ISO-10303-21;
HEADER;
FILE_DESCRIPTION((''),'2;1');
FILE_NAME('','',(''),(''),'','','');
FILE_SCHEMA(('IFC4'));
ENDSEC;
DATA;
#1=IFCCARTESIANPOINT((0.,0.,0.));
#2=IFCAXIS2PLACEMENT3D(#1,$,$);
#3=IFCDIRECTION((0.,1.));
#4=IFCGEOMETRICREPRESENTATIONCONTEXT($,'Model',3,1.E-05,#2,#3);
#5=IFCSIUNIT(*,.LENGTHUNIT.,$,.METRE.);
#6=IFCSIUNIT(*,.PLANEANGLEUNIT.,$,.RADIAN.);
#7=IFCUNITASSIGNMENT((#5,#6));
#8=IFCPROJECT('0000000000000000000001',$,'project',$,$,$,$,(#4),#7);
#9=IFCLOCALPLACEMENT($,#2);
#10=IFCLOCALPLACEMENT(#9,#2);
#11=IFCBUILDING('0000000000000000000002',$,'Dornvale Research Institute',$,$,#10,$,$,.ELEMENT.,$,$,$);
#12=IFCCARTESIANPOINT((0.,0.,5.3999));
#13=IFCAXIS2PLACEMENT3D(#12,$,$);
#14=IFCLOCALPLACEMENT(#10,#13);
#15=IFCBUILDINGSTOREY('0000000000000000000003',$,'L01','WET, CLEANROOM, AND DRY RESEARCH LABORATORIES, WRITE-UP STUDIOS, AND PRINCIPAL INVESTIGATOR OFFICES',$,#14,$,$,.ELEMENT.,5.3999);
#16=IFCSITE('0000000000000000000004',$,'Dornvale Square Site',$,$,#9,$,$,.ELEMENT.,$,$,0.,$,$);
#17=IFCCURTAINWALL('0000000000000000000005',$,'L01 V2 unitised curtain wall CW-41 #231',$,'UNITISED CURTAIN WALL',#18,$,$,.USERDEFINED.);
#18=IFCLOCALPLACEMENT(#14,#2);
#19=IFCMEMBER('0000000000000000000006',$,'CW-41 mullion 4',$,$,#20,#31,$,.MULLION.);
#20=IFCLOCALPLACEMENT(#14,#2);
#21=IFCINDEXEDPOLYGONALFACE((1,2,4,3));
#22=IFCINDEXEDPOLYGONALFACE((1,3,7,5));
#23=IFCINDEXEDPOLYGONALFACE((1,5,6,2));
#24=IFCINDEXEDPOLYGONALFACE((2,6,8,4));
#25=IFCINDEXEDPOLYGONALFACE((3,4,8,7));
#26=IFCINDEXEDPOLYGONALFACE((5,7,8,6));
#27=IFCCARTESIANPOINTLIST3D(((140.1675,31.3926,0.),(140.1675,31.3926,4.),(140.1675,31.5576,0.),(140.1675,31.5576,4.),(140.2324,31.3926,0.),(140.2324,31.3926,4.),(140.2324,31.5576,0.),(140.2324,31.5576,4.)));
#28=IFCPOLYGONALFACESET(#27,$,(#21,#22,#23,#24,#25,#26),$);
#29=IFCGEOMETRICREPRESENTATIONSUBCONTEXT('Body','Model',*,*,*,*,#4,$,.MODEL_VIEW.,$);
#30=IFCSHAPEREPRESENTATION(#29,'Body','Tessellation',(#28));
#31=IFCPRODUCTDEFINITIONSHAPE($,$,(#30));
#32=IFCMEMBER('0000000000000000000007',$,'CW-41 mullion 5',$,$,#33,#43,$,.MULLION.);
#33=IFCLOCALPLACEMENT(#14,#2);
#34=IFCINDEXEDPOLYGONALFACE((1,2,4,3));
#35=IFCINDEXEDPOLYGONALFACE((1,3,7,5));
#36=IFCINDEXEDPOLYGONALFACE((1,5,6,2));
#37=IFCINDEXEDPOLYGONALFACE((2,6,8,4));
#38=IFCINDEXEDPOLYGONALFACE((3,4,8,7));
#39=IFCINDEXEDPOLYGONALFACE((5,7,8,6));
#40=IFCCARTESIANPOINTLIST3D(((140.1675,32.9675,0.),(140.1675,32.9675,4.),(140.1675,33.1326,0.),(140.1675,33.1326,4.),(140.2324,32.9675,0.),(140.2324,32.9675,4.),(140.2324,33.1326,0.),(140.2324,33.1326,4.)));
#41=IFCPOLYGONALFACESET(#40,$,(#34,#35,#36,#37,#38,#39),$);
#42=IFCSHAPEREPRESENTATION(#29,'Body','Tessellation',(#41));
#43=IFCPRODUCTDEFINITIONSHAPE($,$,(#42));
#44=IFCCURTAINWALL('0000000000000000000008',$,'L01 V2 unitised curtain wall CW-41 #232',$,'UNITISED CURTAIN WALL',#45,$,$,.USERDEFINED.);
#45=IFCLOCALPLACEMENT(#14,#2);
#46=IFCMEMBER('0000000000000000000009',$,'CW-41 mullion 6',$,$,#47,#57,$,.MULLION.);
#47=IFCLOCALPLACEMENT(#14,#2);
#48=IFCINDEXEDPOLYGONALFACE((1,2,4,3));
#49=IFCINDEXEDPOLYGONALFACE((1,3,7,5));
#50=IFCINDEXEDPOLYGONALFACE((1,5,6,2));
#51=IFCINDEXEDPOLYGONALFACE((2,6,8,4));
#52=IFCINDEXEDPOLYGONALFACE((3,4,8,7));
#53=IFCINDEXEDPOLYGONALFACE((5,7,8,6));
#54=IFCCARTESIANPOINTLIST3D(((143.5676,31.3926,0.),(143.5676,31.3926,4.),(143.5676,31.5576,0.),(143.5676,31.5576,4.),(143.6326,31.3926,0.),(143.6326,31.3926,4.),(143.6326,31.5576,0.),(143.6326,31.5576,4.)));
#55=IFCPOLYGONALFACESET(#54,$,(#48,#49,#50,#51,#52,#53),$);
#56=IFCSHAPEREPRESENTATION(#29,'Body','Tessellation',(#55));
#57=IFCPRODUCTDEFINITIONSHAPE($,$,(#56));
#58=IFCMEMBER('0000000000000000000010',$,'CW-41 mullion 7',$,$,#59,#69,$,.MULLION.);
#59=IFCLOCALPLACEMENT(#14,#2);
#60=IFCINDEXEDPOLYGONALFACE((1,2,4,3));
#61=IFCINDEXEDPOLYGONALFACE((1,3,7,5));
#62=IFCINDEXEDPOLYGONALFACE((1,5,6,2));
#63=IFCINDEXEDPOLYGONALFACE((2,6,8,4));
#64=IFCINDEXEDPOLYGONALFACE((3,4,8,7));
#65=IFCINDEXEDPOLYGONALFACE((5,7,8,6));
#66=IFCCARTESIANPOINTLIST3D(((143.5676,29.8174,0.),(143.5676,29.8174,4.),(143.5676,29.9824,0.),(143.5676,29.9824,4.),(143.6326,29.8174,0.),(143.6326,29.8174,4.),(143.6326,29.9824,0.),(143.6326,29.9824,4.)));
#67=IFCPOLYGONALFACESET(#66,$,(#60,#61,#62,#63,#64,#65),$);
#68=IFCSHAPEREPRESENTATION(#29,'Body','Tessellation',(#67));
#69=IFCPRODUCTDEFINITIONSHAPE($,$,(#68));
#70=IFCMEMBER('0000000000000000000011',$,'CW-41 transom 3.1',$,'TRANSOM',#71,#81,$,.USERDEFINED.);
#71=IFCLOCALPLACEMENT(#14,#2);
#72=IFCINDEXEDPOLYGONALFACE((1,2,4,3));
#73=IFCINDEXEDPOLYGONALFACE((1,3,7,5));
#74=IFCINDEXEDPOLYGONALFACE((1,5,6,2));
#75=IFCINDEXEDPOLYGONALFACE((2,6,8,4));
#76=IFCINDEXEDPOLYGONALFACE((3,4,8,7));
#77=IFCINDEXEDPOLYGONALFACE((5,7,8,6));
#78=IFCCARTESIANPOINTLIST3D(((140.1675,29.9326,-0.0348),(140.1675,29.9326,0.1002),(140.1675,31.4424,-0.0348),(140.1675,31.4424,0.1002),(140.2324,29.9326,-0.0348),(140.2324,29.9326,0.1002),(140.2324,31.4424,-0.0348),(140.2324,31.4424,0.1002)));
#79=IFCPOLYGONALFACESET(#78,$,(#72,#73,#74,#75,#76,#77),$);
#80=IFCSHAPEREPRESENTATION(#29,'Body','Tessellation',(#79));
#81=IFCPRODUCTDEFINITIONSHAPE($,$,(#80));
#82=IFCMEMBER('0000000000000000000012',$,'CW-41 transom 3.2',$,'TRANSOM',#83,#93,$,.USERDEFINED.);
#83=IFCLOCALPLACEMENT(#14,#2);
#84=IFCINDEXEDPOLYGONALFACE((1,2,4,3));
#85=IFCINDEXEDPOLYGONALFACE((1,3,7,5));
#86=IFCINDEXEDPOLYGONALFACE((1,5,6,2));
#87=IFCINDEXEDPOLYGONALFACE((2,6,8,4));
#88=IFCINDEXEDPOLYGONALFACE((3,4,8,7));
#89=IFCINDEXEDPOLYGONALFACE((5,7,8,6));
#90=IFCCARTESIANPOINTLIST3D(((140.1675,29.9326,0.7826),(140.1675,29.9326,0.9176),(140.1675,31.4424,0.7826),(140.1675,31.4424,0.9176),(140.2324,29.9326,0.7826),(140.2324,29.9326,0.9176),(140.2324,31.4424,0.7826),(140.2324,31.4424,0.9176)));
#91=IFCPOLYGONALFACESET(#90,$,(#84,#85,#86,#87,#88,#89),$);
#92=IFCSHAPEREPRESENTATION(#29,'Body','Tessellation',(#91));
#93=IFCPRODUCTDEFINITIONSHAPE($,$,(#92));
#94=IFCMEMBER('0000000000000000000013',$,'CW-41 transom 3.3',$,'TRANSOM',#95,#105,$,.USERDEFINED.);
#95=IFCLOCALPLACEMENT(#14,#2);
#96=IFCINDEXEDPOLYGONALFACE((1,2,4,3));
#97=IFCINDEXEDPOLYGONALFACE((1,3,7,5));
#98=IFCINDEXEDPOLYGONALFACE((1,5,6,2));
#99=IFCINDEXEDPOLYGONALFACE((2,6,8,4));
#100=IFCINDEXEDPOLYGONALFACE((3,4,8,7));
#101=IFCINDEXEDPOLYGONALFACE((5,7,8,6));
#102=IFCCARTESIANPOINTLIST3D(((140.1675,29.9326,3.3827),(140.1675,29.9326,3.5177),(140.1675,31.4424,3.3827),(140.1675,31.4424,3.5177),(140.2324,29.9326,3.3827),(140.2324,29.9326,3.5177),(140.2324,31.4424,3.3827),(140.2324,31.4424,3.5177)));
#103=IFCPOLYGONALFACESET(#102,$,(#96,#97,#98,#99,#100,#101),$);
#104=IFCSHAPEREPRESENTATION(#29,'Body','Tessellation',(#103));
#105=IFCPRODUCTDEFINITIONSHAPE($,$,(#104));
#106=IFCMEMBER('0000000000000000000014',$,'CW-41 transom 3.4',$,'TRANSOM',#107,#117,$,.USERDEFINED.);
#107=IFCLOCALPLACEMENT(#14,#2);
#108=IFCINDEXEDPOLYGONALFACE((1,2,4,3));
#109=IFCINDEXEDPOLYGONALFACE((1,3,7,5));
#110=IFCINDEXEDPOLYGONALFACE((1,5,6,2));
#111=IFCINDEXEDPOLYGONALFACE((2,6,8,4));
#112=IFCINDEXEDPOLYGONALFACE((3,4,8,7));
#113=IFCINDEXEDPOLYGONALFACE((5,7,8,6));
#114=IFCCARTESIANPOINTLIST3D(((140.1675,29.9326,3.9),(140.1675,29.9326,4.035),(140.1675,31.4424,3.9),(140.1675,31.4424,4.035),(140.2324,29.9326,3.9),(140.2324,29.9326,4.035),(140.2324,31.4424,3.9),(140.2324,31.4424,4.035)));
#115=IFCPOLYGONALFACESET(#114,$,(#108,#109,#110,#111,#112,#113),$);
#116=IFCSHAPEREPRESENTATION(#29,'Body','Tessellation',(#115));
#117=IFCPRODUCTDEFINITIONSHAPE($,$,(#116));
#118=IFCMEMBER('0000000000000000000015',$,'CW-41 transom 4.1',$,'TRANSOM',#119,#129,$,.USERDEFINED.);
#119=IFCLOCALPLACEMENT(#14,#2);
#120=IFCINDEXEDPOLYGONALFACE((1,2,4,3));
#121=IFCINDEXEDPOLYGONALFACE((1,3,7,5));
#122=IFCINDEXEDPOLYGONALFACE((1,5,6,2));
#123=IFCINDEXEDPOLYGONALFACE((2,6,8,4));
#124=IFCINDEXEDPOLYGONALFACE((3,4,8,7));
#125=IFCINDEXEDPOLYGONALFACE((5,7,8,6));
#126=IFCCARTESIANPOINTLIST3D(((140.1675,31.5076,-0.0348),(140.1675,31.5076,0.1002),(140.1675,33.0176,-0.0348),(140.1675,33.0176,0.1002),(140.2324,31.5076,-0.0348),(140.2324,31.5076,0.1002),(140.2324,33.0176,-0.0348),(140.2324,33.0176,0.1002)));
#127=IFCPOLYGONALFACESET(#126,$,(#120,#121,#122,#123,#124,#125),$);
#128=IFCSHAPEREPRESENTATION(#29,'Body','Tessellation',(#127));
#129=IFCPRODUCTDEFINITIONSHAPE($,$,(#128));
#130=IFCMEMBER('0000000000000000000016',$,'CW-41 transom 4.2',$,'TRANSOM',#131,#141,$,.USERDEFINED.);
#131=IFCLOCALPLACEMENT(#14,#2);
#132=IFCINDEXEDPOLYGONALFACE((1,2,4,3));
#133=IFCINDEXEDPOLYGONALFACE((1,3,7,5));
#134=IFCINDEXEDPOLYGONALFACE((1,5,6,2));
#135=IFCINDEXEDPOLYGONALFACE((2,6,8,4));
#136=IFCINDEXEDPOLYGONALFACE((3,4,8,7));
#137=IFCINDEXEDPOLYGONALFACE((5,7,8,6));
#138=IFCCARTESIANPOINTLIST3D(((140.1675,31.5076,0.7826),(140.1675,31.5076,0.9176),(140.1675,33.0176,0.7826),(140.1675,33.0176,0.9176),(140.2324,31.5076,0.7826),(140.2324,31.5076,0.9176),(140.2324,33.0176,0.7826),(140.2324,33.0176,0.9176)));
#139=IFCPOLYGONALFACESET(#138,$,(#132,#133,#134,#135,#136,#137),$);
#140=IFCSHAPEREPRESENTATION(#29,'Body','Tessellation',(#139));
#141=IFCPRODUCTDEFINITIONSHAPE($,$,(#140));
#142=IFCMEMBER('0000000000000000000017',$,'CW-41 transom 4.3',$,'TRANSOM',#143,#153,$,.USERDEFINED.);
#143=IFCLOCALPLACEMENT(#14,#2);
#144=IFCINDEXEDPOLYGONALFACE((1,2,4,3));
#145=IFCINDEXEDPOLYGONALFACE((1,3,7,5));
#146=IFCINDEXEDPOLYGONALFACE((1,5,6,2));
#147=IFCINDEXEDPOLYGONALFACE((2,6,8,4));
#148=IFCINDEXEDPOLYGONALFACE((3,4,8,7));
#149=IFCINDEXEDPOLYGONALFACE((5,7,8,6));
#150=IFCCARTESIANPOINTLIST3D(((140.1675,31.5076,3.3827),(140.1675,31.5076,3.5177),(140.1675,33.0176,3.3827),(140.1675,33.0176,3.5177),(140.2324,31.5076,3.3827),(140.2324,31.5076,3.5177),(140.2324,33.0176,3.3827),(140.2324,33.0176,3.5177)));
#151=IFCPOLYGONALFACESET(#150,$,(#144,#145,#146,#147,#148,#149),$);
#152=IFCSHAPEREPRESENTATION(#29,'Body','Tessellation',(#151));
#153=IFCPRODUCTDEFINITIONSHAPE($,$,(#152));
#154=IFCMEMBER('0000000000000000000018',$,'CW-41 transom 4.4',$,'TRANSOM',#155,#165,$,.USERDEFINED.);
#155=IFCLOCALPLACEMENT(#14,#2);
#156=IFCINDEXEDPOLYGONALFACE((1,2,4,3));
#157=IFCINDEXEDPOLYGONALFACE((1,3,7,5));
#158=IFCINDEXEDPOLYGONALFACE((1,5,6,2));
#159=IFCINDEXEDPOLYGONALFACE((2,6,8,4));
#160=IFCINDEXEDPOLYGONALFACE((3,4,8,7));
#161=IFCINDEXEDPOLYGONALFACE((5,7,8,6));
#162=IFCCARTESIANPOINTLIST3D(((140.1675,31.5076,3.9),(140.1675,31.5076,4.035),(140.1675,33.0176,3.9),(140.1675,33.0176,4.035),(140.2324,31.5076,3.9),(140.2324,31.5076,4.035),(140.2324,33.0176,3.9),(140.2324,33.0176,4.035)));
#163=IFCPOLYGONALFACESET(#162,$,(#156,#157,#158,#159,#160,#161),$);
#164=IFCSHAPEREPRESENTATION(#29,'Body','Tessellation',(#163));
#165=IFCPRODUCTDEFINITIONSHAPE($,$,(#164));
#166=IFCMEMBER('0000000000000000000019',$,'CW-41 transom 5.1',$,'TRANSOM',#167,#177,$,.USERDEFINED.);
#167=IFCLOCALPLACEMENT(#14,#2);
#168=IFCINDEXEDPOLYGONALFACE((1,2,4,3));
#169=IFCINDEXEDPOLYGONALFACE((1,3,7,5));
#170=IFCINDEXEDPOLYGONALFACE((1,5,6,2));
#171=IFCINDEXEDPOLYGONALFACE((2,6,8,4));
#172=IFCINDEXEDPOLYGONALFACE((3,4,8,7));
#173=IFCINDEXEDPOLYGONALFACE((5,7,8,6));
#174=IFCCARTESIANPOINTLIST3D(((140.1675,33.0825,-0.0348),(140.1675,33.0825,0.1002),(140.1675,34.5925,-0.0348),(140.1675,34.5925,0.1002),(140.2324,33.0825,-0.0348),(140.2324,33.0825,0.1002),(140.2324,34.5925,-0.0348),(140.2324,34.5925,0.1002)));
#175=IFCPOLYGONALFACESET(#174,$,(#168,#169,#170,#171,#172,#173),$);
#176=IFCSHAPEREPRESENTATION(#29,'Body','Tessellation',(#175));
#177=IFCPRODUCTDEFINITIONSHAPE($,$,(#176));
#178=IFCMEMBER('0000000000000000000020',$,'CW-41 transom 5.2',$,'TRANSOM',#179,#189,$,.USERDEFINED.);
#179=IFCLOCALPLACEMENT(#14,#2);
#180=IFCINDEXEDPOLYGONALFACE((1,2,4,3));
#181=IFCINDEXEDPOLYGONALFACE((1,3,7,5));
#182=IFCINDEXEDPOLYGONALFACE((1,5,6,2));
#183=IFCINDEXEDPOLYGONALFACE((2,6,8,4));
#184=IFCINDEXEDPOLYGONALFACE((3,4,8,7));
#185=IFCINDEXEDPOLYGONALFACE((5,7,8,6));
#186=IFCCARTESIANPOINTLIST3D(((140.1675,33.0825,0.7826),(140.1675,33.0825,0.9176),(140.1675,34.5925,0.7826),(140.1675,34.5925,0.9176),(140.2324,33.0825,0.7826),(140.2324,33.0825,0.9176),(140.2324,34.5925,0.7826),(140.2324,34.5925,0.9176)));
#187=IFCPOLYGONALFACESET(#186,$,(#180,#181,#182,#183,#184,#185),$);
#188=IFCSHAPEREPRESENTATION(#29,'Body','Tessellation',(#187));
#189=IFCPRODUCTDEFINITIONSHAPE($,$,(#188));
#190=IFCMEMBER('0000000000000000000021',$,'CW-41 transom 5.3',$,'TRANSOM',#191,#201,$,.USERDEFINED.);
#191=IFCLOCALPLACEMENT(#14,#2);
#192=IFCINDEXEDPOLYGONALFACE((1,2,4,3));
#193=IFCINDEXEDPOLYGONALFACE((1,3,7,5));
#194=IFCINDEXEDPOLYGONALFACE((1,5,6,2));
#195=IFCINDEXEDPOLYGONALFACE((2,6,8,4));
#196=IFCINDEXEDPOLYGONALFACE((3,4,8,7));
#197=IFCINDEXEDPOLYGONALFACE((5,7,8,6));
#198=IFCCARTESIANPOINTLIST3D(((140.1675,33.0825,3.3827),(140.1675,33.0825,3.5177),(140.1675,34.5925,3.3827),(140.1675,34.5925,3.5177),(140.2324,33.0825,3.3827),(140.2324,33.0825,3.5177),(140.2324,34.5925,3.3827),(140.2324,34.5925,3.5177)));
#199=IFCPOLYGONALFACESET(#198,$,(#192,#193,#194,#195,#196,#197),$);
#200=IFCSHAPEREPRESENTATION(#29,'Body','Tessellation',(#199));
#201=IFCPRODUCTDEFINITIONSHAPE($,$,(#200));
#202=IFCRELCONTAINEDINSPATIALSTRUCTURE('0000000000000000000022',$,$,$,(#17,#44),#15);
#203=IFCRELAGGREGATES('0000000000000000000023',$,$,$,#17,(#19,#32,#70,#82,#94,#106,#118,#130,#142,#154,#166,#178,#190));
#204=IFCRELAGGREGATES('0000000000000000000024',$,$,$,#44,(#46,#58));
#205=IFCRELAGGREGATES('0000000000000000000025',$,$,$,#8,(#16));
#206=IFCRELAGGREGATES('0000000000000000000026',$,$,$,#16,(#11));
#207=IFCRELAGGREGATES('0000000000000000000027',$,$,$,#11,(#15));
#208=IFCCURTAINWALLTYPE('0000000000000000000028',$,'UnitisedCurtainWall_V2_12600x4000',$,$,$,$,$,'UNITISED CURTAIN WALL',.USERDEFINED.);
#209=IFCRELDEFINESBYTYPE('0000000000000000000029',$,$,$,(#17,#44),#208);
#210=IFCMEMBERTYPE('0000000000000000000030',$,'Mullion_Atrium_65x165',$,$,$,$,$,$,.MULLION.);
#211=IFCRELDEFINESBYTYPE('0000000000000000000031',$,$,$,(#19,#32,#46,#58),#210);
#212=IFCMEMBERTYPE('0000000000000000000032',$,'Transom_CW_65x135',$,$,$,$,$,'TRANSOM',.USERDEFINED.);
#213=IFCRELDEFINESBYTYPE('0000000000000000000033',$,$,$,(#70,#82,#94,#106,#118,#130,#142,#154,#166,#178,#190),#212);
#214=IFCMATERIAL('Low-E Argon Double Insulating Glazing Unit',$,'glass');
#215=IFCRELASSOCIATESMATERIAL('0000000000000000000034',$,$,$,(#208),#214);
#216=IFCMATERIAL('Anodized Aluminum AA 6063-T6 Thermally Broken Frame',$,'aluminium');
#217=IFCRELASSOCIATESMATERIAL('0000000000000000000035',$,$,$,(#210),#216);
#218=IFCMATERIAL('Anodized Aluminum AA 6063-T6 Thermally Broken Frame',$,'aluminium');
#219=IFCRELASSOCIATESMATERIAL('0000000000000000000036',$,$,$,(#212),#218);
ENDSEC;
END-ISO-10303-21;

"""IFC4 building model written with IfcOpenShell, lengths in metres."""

from ifc_helpers import new_model, si_unit, direction, frame, origin, origin_2d, place, context, subcontext, project, spatial, rectangle, extrude, material, material_profile, profile_set, type_object, element, aggregate, save


model = new_model("IFC4")

# Units and contexts
model_context = context("Model", 3, precision=1e-05, world=origin(), true_north=direction((0.0, 1.0)))
body_context = subcontext(model_context, "Body", "Model", "MODEL_VIEW")
ifc_project = project(units=[si_unit("LENGTHUNIT", "METRE"), si_unit("PLANEANGLEUNIT", "RADIAN")], contexts=[model_context])

# Site, building, storey
site_placement = place(None, origin())
site = spatial("IfcSite", under=ifc_project, at=site_placement, Name="Dornvale Square Site", CompositionType="ELEMENT", RefElevation=0.0)
building_placement = place(site_placement, origin())
building = spatial("IfcBuilding", under=site, at=building_placement, Name="Dornvale Research Institute", CompositionType="ELEMENT")
storey_placement = place(building_placement, frame((0.0, 0.0, 5.3999)))
storey = spatial("IfcBuildingStorey", under=building, at=storey_placement, Name="L01", Description="WET, CLEANROOM, AND DRY RESEARCH LABORATORIES, WRITE-UP STUDIOS, AND PRINCIPAL INVESTIGATOR OFFICES", CompositionType="ELEMENT", Elevation=5.3999)

# Curtain walls, members
ifc_material_1 = material(Name="Low-E Argon Double Insulating Glazing Unit", Category="glass")
curtain_wall_type = type_object("IfcCurtainWallType", Name="UnitisedCurtainWall_V2_12600x4000", ElementType="UNITISED CURTAIN WALL", PredefinedType="USERDEFINED", material=ifc_material_1)
curtain_wall_1_placement = place(storey_placement, origin())
curtain_wall_1 = element("IfcCurtainWall", 1, at=curtain_wall_1_placement, inside=storey, type_object=curtain_wall_type, Name="L01 V2 unitised curtain wall CW-41 #231", ObjectType="UNITISED CURTAIN WALL", PredefinedType="USERDEFINED")
ifc_material_2 = material(Name="Anodized Aluminum AA 6063-T6 Thermally Broken Frame", Category="aluminium")
ifc_material_profile_1 = material_profile(ifc_material_2, rectangle(XDim=0.0649, YDim=0.165, at=origin_2d()), Name="ALU MULLION 65x165")
ifc_profile_set_1 = profile_set([ifc_material_profile_1], Name="Anodized Aluminum AA 6063-T6 Thermally Broken Frame")
member_type_1 = type_object("IfcMemberType", Name="Mullion_Atrium_65x165", PredefinedType="MULLION", material=ifc_profile_set_1)
member_1_placement = place(storey_placement, frame((140.2, 31.4751, 0.0), z_axis=(0.0, 0.0, 1.0), x_axis=(-1.0, 0.0, 0.0)))
member_1 = element("IfcMember", 2, at=member_1_placement, type_object=member_type_1, Name="CW-41 mullion 4", PredefinedType="MULLION", context=body_context, shape_type="SweptSolid", body=[
    extrude(rectangle(XDim=0.0649, YDim=0.165, at=origin_2d()), origin(), (0.0, 0.0, 1.0), 4.0),
])
member_2_placement = place(storey_placement, frame((140.2, 33.05, 0.0), z_axis=(0.0, 0.0, 1.0), x_axis=(-1.0, 0.0, 0.0)))
member_2 = element("IfcMember", 3, at=member_2_placement, type_object=member_type_1, Name="CW-41 mullion 5", PredefinedType="MULLION", context=body_context, shape_type="SweptSolid", body=[
    extrude(rectangle(XDim=0.0649, YDim=0.165, at=origin_2d()), origin(), (0.0, 0.0, 1.0), 4.0),
])
curtain_wall_2_placement = place(storey_placement, origin())
curtain_wall_2 = element("IfcCurtainWall", 4, at=curtain_wall_2_placement, inside=storey, type_object=curtain_wall_type, Name="L01 V2 unitised curtain wall CW-41 #232", ObjectType="UNITISED CURTAIN WALL", PredefinedType="USERDEFINED")
member_3_placement = place(storey_placement, frame((143.6001, 31.4751, 0.0), z_axis=(0.0, 0.0, 1.0), x_axis=(1.0, 0.0, 0.0)))
member_3 = element("IfcMember", 5, at=member_3_placement, type_object=member_type_1, Name="CW-41 mullion 6", PredefinedType="MULLION", context=body_context, shape_type="SweptSolid", body=[
    extrude(rectangle(XDim=0.0649, YDim=0.165, at=origin_2d()), origin(), (0.0, 0.0, 1.0), 4.0),
])
member_4_placement = place(storey_placement, frame((143.6001, 29.8999, 0.0), z_axis=(0.0, 0.0, 1.0), x_axis=(1.0, 0.0, 0.0)))
member_4 = element("IfcMember", 6, at=member_4_placement, type_object=member_type_1, Name="CW-41 mullion 7", PredefinedType="MULLION", context=body_context, shape_type="SweptSolid", body=[
    extrude(rectangle(XDim=0.0649, YDim=0.165, at=origin_2d()), origin(), (0.0, 0.0, 1.0), 4.0),
])

# Members
ifc_material_3 = material(Name="Anodized Aluminum AA 6063-T6 Thermally Broken Frame", Category="aluminium")
ifc_material_profile_2 = material_profile(ifc_material_3, rectangle(XDim=0.0649, YDim=0.135, at=origin_2d()), Name="ALU TRANSOM 65x135")
ifc_profile_set_2 = profile_set([ifc_material_profile_2], Name="Anodized Aluminum AA 6063-T6 Thermally Broken Frame")
member_type_2 = type_object("IfcMemberType", Name="Transom_CW_65x135", ElementType="TRANSOM", PredefinedType="USERDEFINED", material=ifc_profile_set_2)
member_5_placement = place(storey_placement, frame((140.2, 29.9326, 0.0327), z_axis=(0.0, 1.0, 0.0), x_axis=(-1.0, 0.0, 0.0)))
member_5 = element("IfcMember", 7, at=member_5_placement, type_object=member_type_2, Name="CW-41 transom 3.1", ObjectType="TRANSOM", PredefinedType="USERDEFINED", context=body_context, shape_type="SweptSolid", body=[
    extrude(rectangle(XDim=0.0649, YDim=0.135, at=origin_2d()), origin(), (0.0, 0.0, 1.0), 1.5098),
])
member_6_placement = place(storey_placement, frame((140.2, 29.9326, 0.8501), z_axis=(0.0, 1.0, 0.0), x_axis=(-1.0, 0.0, 0.0)))
member_6 = element("IfcMember", 8, at=member_6_placement, type_object=member_type_2, Name="CW-41 transom 3.2", ObjectType="TRANSOM", PredefinedType="USERDEFINED", context=body_context, shape_type="SweptSolid", body=[
    extrude(rectangle(XDim=0.0649, YDim=0.135, at=origin_2d()), origin(), (0.0, 0.0, 1.0), 1.5098),
])
member_7_placement = place(storey_placement, frame((140.2, 29.9326, 3.4502), z_axis=(0.0, 1.0, 0.0), x_axis=(-1.0, 0.0, 0.0)))
member_7 = element("IfcMember", 9, at=member_7_placement, type_object=member_type_2, Name="CW-41 transom 3.3", ObjectType="TRANSOM", PredefinedType="USERDEFINED", context=body_context, shape_type="SweptSolid", body=[
    extrude(rectangle(XDim=0.0649, YDim=0.135, at=origin_2d()), origin(), (0.0, 0.0, 1.0), 1.5098),
])
member_8_placement = place(storey_placement, frame((140.2, 29.9326, 3.9675), z_axis=(0.0, 1.0, 0.0), x_axis=(-1.0, 0.0, 0.0)))
member_8 = element("IfcMember", 10, at=member_8_placement, type_object=member_type_2, Name="CW-41 transom 3.4", ObjectType="TRANSOM", PredefinedType="USERDEFINED", context=body_context, shape_type="SweptSolid", body=[
    extrude(rectangle(XDim=0.0649, YDim=0.135, at=origin_2d()), origin(), (0.0, 0.0, 1.0), 1.5098),
])
member_9_placement = place(storey_placement, frame((140.2, 31.5076, 0.0327), z_axis=(0.0, 1.0, 0.0), x_axis=(-1.0, 0.0, 0.0)))
member_9 = element("IfcMember", 11, at=member_9_placement, type_object=member_type_2, Name="CW-41 transom 4.1", ObjectType="TRANSOM", PredefinedType="USERDEFINED", context=body_context, shape_type="SweptSolid", body=[
    extrude(rectangle(XDim=0.0649, YDim=0.135, at=origin_2d()), origin(), (0.0, 0.0, 1.0), 1.51),
])
member_10_placement = place(storey_placement, frame((140.2, 31.5076, 0.8501), z_axis=(0.0, 1.0, 0.0), x_axis=(-1.0, 0.0, 0.0)))
member_10 = element("IfcMember", 12, at=member_10_placement, type_object=member_type_2, Name="CW-41 transom 4.2", ObjectType="TRANSOM", PredefinedType="USERDEFINED", context=body_context, shape_type="SweptSolid", body=[
    extrude(rectangle(XDim=0.0649, YDim=0.135, at=origin_2d()), origin(), (0.0, 0.0, 1.0), 1.51),
])
member_11_placement = place(storey_placement, frame((140.2, 31.5076, 3.4502), z_axis=(0.0, 1.0, 0.0), x_axis=(-1.0, 0.0, 0.0)))
member_11 = element("IfcMember", 13, at=member_11_placement, type_object=member_type_2, Name="CW-41 transom 4.3", ObjectType="TRANSOM", PredefinedType="USERDEFINED", context=body_context, shape_type="SweptSolid", body=[
    extrude(rectangle(XDim=0.0649, YDim=0.135, at=origin_2d()), origin(), (0.0, 0.0, 1.0), 1.51),
])
member_12_placement = place(storey_placement, frame((140.2, 31.5076, 3.9675), z_axis=(0.0, 1.0, 0.0), x_axis=(-1.0, 0.0, 0.0)))
member_12 = element("IfcMember", 14, at=member_12_placement, type_object=member_type_2, Name="CW-41 transom 4.4", ObjectType="TRANSOM", PredefinedType="USERDEFINED", context=body_context, shape_type="SweptSolid", body=[
    extrude(rectangle(XDim=0.0649, YDim=0.135, at=origin_2d()), origin(), (0.0, 0.0, 1.0), 1.51),
])
member_13_placement = place(storey_placement, frame((140.2, 33.0825, 0.0327), z_axis=(0.0, 1.0, 0.0), x_axis=(-1.0, 0.0, 0.0)))
member_13 = element("IfcMember", 15, at=member_13_placement, type_object=member_type_2, Name="CW-41 transom 5.1", ObjectType="TRANSOM", PredefinedType="USERDEFINED", context=body_context, shape_type="SweptSolid", body=[
    extrude(rectangle(XDim=0.0649, YDim=0.135, at=origin_2d()), origin(), (0.0, 0.0, 1.0), 1.51),
])
member_14_placement = place(storey_placement, frame((140.2, 33.0825, 0.8501), z_axis=(0.0, 1.0, 0.0), x_axis=(-1.0, 0.0, 0.0)))
member_14 = element("IfcMember", 16, at=member_14_placement, type_object=member_type_2, Name="CW-41 transom 5.2", ObjectType="TRANSOM", PredefinedType="USERDEFINED", context=body_context, shape_type="SweptSolid", body=[
    extrude(rectangle(XDim=0.0649, YDim=0.135, at=origin_2d()), origin(), (0.0, 0.0, 1.0), 1.51),
])
member_15_placement = place(storey_placement, frame((140.2, 33.0825, 3.4502), z_axis=(0.0, 1.0, 0.0), x_axis=(-1.0, 0.0, 0.0)))
member_15 = element("IfcMember", 17, at=member_15_placement, type_object=member_type_2, Name="CW-41 transom 5.3", ObjectType="TRANSOM", PredefinedType="USERDEFINED", context=body_context, shape_type="SweptSolid", body=[
    extrude(rectangle(XDim=0.0649, YDim=0.135, at=origin_2d()), origin(), (0.0, 0.0, 1.0), 1.51),
])

aggregate(curtain_wall_1, [member_1, member_2, member_5, member_6, member_7, member_8, member_9, member_10, member_11, member_12, member_13, member_14, member_15])
aggregate(curtain_wall_2, [member_3, member_4])

save(model, "model.ifc")
